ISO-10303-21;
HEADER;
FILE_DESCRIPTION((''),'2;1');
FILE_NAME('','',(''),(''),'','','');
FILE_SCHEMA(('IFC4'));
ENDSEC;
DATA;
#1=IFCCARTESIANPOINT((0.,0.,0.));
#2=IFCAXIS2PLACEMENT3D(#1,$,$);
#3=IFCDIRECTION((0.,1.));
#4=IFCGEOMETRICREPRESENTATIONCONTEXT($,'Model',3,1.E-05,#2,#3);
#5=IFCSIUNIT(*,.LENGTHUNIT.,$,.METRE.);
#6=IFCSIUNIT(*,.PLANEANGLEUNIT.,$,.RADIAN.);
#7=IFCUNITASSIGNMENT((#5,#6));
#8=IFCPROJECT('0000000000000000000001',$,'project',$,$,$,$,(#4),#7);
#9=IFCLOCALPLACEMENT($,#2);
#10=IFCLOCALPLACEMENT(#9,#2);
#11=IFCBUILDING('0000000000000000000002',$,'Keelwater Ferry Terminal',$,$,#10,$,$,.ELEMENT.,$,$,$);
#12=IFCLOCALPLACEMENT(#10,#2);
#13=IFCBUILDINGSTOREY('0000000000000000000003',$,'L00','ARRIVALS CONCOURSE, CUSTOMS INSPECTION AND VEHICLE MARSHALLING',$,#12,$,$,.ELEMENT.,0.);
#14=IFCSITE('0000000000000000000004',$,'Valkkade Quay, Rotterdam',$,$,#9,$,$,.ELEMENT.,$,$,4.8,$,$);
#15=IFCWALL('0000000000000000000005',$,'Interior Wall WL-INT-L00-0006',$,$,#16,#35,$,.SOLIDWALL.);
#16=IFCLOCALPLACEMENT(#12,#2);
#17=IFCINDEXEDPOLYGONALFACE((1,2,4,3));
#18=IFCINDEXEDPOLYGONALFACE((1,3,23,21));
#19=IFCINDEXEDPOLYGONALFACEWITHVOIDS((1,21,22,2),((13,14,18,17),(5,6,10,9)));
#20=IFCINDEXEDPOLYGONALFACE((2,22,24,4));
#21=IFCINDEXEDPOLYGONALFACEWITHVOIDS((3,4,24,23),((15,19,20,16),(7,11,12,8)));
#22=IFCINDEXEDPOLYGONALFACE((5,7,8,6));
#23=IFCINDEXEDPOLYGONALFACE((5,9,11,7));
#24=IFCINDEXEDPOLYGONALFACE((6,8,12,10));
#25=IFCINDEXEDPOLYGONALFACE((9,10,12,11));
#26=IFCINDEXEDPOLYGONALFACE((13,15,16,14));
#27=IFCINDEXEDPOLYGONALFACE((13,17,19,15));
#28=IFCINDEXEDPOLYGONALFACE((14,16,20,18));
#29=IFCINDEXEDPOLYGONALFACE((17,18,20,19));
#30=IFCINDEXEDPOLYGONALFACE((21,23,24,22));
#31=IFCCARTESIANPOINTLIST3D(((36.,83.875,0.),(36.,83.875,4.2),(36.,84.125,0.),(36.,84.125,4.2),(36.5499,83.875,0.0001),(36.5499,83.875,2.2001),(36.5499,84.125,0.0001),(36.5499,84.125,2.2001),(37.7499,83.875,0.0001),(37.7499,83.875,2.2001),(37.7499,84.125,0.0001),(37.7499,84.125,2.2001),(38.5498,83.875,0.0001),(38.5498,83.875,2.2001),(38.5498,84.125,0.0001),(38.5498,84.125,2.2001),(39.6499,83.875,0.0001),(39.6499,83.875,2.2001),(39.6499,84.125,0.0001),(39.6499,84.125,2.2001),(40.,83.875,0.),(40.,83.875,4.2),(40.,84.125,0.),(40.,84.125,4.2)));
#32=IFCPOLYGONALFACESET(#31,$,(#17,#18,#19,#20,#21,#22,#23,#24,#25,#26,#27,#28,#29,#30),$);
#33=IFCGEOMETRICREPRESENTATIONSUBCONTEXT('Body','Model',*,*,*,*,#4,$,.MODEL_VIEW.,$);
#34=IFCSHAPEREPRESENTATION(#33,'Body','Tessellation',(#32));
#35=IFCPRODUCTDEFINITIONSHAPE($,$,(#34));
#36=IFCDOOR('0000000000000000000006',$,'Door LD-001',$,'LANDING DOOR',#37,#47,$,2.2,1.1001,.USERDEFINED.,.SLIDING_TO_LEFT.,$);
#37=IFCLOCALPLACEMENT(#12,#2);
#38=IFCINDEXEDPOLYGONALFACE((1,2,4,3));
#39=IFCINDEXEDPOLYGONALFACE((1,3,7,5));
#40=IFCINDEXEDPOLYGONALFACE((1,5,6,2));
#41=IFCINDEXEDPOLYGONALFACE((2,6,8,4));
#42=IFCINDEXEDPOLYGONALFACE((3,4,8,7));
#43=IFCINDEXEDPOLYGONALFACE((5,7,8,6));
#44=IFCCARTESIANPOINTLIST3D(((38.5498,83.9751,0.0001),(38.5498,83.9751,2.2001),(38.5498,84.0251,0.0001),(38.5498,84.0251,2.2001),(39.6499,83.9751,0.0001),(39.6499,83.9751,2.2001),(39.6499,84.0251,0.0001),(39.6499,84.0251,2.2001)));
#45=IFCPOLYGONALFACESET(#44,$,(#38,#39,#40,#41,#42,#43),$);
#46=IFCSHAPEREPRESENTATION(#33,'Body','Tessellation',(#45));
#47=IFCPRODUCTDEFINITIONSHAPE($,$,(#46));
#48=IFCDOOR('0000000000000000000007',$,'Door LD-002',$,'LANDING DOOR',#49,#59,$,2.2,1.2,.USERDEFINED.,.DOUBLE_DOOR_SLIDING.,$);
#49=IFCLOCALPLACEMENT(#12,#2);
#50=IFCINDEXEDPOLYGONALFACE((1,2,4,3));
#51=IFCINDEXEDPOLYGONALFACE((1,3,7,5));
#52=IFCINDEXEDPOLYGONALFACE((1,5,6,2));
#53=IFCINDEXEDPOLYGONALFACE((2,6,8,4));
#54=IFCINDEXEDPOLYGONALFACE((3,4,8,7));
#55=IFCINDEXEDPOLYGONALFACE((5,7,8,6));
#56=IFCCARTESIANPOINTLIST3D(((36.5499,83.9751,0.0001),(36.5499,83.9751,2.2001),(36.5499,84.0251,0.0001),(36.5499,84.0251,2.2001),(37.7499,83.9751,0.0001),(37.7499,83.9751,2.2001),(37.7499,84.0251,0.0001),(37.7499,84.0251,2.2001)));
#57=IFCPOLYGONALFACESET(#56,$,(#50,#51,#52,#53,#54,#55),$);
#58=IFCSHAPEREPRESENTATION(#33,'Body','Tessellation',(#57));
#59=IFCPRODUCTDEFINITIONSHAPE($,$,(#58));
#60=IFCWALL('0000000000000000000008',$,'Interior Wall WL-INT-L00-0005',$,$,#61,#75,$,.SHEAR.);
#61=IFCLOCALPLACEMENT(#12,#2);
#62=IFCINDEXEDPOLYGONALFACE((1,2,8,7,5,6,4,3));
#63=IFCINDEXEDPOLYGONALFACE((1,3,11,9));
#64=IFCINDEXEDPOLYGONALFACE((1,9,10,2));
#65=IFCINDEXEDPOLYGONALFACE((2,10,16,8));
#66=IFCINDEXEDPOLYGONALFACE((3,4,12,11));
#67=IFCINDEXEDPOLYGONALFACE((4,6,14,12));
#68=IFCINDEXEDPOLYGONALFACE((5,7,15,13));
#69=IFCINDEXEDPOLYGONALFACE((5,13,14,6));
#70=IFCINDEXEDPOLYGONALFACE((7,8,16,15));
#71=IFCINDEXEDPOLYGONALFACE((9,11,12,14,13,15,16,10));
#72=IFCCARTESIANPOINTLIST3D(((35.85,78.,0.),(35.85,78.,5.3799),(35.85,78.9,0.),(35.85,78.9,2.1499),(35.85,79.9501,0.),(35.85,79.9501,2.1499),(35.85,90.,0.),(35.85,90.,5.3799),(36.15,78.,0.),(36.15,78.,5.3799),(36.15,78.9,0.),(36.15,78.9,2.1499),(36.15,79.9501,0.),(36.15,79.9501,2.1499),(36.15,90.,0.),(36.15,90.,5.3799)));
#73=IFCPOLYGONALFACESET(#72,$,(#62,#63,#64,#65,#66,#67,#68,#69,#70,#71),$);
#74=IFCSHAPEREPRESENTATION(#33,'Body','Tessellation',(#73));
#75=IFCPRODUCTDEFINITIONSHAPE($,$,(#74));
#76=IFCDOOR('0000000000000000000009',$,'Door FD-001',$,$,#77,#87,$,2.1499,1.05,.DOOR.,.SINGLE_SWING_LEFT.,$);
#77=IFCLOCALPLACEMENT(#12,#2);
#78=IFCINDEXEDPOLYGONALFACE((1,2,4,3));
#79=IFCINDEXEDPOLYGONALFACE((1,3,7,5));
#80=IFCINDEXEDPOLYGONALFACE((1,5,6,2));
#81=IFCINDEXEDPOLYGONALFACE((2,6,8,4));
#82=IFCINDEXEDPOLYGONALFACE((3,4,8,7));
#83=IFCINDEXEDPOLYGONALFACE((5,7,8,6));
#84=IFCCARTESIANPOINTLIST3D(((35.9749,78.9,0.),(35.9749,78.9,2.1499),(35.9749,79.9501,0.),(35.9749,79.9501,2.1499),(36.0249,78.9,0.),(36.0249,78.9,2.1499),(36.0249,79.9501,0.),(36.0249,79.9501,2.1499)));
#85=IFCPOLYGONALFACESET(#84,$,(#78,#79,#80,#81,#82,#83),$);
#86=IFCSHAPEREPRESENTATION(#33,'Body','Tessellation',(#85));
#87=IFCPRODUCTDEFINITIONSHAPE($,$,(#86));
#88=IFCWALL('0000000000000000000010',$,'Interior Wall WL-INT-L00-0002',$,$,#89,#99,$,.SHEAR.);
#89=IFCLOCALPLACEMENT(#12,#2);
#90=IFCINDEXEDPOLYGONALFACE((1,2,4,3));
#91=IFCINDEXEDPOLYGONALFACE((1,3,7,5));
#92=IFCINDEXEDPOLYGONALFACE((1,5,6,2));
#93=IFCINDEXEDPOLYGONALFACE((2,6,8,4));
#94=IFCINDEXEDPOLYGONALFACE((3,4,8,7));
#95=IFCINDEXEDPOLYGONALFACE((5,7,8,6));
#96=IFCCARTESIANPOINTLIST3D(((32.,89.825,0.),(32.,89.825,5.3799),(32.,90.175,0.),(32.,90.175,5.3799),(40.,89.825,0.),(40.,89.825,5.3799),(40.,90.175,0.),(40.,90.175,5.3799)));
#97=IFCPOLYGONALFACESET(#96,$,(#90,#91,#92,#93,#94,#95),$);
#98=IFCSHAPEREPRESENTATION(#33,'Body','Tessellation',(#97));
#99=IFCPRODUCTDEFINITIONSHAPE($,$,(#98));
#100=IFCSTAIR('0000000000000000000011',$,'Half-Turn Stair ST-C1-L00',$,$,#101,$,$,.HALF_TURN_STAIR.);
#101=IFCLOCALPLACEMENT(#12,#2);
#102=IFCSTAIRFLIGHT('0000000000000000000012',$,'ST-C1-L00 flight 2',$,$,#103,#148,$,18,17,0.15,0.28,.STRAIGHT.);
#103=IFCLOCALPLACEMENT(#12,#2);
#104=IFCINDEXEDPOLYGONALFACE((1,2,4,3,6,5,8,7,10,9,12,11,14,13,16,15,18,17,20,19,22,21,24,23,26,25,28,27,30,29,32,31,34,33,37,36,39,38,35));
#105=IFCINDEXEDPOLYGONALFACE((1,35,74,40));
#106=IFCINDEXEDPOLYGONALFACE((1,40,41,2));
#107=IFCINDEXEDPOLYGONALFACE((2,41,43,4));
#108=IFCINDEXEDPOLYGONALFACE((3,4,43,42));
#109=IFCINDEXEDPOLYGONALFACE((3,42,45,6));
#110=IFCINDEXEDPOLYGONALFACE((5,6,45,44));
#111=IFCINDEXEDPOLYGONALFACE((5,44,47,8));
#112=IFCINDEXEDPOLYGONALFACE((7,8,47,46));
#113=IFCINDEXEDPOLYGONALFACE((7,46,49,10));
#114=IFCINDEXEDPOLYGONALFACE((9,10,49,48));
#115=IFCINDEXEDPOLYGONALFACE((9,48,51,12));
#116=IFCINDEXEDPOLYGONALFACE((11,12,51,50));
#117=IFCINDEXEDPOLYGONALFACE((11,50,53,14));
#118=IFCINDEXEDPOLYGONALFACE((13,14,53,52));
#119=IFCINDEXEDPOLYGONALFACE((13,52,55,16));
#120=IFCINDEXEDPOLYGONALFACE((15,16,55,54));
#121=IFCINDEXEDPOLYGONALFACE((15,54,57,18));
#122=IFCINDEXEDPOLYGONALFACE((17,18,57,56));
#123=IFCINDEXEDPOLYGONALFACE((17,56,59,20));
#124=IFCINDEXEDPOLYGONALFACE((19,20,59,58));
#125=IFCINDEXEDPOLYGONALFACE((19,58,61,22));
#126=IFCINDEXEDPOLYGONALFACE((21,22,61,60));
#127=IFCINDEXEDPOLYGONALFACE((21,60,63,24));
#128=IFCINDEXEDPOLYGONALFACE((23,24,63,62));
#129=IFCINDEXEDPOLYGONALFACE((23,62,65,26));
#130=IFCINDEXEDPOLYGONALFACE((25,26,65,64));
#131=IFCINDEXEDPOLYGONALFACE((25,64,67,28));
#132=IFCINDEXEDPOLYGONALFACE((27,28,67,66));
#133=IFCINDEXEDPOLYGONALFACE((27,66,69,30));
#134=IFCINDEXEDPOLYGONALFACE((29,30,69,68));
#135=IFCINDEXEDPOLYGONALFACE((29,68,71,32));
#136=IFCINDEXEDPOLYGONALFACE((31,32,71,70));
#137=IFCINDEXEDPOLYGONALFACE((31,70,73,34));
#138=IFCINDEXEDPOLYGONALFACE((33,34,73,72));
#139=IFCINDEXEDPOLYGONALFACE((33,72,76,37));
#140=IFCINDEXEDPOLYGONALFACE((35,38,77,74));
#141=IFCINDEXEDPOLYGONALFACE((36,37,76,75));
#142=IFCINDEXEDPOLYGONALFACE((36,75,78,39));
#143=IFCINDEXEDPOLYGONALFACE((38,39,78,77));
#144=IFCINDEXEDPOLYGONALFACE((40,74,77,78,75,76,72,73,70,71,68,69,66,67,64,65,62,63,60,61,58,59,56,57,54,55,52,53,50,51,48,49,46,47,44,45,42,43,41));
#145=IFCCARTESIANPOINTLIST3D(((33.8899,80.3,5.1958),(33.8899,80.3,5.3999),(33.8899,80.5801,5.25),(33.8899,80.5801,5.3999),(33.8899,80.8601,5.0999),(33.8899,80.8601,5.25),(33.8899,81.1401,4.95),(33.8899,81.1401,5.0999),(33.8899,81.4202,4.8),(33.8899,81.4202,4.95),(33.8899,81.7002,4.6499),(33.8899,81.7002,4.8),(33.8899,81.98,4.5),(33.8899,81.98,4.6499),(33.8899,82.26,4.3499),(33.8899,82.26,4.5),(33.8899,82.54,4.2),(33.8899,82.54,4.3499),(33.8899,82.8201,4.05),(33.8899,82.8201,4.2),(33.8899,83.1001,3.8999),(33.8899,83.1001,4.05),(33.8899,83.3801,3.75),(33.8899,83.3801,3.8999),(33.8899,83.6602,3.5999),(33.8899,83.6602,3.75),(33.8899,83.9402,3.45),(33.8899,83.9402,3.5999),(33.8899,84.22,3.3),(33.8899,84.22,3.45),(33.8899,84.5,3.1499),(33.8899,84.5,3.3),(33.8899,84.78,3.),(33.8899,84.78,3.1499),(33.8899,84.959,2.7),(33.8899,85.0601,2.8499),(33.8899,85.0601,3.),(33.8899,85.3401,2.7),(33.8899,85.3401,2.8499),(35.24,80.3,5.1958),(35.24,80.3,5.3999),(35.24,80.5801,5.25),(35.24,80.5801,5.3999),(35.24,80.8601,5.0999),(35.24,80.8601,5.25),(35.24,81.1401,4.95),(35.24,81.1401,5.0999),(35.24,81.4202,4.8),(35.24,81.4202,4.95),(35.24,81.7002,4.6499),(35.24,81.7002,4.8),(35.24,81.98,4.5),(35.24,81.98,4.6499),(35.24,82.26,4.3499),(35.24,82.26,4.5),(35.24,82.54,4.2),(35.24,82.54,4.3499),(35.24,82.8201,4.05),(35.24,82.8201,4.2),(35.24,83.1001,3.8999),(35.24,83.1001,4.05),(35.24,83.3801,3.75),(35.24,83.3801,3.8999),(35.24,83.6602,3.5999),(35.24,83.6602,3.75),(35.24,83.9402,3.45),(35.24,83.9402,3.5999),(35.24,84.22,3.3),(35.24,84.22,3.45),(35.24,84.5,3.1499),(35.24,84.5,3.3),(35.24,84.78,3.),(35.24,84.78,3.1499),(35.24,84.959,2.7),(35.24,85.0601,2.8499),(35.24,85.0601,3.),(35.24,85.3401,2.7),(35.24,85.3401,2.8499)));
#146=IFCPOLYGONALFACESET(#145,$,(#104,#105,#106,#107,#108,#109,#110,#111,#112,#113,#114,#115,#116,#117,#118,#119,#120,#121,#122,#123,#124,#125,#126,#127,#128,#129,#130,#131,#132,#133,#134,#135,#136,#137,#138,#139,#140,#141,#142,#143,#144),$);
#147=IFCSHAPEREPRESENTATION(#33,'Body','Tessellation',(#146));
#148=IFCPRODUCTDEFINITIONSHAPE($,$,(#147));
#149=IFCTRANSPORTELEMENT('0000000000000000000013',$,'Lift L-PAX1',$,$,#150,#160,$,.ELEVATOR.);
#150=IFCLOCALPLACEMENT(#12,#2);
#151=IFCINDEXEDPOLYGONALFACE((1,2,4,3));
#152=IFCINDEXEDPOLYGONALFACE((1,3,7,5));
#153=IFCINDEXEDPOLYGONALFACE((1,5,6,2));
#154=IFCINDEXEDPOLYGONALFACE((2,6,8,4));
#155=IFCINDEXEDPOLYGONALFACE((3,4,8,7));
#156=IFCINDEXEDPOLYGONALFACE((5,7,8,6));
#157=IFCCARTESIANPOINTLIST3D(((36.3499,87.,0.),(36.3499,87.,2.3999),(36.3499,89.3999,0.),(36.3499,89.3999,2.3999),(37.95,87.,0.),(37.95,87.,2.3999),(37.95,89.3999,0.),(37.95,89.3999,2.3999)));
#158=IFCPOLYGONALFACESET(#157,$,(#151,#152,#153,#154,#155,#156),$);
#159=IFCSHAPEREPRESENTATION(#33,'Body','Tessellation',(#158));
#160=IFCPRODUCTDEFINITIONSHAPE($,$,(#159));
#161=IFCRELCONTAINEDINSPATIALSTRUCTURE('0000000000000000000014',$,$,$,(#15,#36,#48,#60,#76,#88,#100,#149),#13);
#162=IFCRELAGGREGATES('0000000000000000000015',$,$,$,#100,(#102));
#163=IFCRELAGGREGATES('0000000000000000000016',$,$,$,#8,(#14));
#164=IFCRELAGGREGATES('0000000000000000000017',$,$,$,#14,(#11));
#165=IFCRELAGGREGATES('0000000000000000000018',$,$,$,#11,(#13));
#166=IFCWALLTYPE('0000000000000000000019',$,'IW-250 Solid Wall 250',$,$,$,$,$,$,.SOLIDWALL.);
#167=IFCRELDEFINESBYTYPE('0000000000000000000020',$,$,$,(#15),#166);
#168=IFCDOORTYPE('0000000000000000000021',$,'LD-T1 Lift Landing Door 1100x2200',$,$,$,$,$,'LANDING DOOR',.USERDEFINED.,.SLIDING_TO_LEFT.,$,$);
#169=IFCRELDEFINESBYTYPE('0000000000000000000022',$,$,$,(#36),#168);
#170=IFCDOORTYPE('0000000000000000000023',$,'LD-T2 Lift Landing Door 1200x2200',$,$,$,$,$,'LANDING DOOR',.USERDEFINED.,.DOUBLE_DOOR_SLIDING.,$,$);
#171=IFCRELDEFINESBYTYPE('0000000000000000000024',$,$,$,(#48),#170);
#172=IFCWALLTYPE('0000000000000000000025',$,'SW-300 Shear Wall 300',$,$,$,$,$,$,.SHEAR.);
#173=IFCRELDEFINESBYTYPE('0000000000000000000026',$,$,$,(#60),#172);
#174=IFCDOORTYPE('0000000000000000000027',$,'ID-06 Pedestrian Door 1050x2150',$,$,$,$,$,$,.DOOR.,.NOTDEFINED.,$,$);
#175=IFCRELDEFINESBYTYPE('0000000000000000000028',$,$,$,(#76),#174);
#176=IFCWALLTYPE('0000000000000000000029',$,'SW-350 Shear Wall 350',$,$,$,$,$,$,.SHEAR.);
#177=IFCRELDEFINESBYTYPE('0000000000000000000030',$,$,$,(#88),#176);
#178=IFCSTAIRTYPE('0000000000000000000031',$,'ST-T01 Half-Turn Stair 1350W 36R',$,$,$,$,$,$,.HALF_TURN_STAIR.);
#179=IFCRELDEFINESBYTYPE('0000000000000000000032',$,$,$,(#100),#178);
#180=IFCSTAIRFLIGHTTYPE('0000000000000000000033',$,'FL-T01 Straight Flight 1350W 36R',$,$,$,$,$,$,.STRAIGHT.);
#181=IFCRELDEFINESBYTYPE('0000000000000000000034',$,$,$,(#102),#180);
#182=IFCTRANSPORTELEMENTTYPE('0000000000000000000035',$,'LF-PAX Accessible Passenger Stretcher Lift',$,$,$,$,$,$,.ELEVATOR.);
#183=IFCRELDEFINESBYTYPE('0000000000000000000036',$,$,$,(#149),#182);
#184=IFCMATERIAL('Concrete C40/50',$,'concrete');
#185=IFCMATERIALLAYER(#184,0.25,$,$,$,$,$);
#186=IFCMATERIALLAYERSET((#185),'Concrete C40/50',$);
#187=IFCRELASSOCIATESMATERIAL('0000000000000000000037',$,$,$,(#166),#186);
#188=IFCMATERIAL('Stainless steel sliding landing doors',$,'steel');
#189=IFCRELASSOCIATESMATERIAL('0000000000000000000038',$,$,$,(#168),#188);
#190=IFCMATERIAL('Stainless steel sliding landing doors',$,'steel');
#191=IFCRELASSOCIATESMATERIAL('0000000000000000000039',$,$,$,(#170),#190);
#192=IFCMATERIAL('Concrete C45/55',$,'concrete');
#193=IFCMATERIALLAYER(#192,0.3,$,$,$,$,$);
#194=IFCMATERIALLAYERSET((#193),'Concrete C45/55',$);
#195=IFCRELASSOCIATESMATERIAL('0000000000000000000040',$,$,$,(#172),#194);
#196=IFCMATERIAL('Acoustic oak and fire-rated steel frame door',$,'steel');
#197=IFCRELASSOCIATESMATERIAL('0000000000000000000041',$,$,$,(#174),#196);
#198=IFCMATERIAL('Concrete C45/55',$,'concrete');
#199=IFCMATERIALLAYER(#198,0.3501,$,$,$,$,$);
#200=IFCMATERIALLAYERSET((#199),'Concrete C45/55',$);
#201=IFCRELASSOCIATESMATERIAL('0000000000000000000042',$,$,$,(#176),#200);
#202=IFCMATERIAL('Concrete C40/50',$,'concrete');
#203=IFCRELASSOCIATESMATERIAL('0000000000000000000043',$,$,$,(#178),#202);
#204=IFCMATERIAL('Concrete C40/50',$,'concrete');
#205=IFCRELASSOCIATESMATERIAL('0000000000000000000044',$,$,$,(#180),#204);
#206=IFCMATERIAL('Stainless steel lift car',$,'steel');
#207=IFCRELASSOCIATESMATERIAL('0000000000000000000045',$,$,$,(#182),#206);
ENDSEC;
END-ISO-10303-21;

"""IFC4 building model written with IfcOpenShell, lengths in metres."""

from ifc_helpers import new_model, si_unit, direction, frame, frame_2d, origin, origin_2d, place, context, subcontext, project, spatial, polyline, rectangle, outline, extrude, material, layer, layer_set, type_object, element, fill, aggregate, save


model = new_model("IFC4")

# Units and contexts
model_context = context("Model", 3, precision=1e-05, world=origin(), true_north=direction((0.0, 1.0)))
body_context = subcontext(model_context, "Body", "Model", "MODEL_VIEW")
ifc_project = project(units=[si_unit("LENGTHUNIT", "METRE"), si_unit("PLANEANGLEUNIT", "RADIAN")], contexts=[model_context])

# Site, building, storey
site_placement = place(None, origin())
site = spatial("IfcSite", under=ifc_project, at=site_placement, Name="Valkkade Quay, Rotterdam", CompositionType="ELEMENT", RefElevation=4.8)
building_placement = place(site_placement, origin())
building = spatial("IfcBuilding", under=site, at=building_placement, Name="Keelwater Ferry Terminal", CompositionType="ELEMENT")
storey_placement = place(building_placement, origin())
storey = spatial("IfcBuildingStorey", under=building, at=storey_placement, Name="L00", Description="ARRIVALS CONCOURSE, CUSTOMS INSPECTION AND VEHICLE MARSHALLING", CompositionType="ELEMENT", Elevation=0.0)

# Wall, openings, doors
ifc_material_1 = material(Name="Concrete C40/50", Category="concrete")
ifc_layer_1 = layer(ifc_material_1, 0.25)
ifc_layer_set_1 = layer_set([ifc_layer_1], Name="Concrete C40/50")
wall_type_1 = type_object("IfcWallType", Name="IW-250 Solid Wall 250", PredefinedType="SOLIDWALL", material=ifc_layer_set_1)
wall_1_placement = place(storey_placement, frame((40.0, 84.0, 0.0), z_axis=(0.0, 0.0, 1.0), x_axis=(-1.0, 0.0, 0.0)))
wall_1 = element("IfcWall", 1, at=wall_1_placement, inside=storey, type_object=wall_type_1, Name="Interior Wall WL-INT-L00-0006", PredefinedType="SOLIDWALL", context=body_context, shape_type="SweptSolid", body=[
    extrude(rectangle(XDim=4.0, YDim=0.25, at=frame_2d((2.0, 0.0))), origin(), (0.0, 0.0, 1.0), 4.2),
])
opening_1_placement = place(wall_1_placement, frame((0.3501, 0.0, 0.0)))
opening_1 = element("IfcOpeningElement", 2, at=opening_1_placement, cuts=wall_1, PredefinedType="OPENING", context=body_context, shape_type="SweptSolid", body=[
    extrude(rectangle(XDim=1.1001, YDim=2.2, at=frame_2d((0.55, 1.1001))), frame((0.0, 0.135, 0.0), z_axis=(0.0, -1.0, 0.0), x_axis=(1.0, 0.0, 0.0)), (0.0, 0.0, 1.0), 0.27),
])
opening_2_placement = place(wall_1_placement, frame((2.25, 0.0, 0.0)))
opening_2 = element("IfcOpeningElement", 3, at=opening_2_placement, cuts=wall_1, PredefinedType="OPENING", context=body_context, shape_type="SweptSolid", body=[
    extrude(rectangle(XDim=1.2, YDim=2.2, at=frame_2d((0.6001, 1.1001))), frame((0.0, 0.135, 0.0), z_axis=(0.0, -1.0, 0.0), x_axis=(1.0, 0.0, 0.0)), (0.0, 0.0, 1.0), 0.27),
])
ifc_material_2 = material(Name="Stainless steel sliding landing doors", Category="steel")
door_type_1 = type_object("IfcDoorType", Name="LD-T1 Lift Landing Door 1100x2200", ElementType="LANDING DOOR", OperationType="SLIDING_TO_LEFT", PredefinedType="USERDEFINED", material=ifc_material_2)
door_1_placement = place(opening_1_placement, origin())
door_1 = element("IfcDoor", 4, at=door_1_placement, inside=storey, type_object=door_type_1, Name="Door LD-001", ObjectType="LANDING DOOR", OperationType="SLIDING_TO_LEFT", OverallHeight=2.2, OverallWidth=1.1001, PredefinedType="USERDEFINED", context=body_context, shape_type="SweptSolid", body=[
    extrude(rectangle(XDim=1.1001, YDim=2.2, at=frame_2d((0.55, 1.1001))), frame((0.0, 0.0249, 0.0), z_axis=(0.0, -1.0, 0.0), x_axis=(1.0, 0.0, 0.0)), (0.0, 0.0, 1.0), 0.05),
])
fill(opening_1, door_1)
ifc_material_3 = material(Name="Stainless steel sliding landing doors", Category="steel")
door_type_2 = type_object("IfcDoorType", Name="LD-T2 Lift Landing Door 1200x2200", ElementType="LANDING DOOR", OperationType="DOUBLE_DOOR_SLIDING", PredefinedType="USERDEFINED", material=ifc_material_3)
door_2_placement = place(opening_2_placement, origin())
door_2 = element("IfcDoor", 5, at=door_2_placement, inside=storey, type_object=door_type_2, Name="Door LD-002", ObjectType="LANDING DOOR", OperationType="DOUBLE_DOOR_SLIDING", OverallHeight=2.2, OverallWidth=1.2, PredefinedType="USERDEFINED", context=body_context, shape_type="SweptSolid", body=[
    extrude(rectangle(XDim=1.2, YDim=2.2, at=frame_2d((0.6001, 1.1001))), frame((0.0, 0.0249, 0.0), z_axis=(0.0, -1.0, 0.0), x_axis=(1.0, 0.0, 0.0)), (0.0, 0.0, 1.0), 0.05),
])
fill(opening_2, door_2)

# Wall, opening, door
ifc_material_4 = material(Name="Concrete C45/55", Category="concrete")
ifc_layer_2 = layer(ifc_material_4, 0.3)
ifc_layer_set_2 = layer_set([ifc_layer_2], Name="Concrete C45/55")
wall_type_2 = type_object("IfcWallType", Name="SW-300 Shear Wall 300", PredefinedType="SHEAR", material=ifc_layer_set_2)
wall_2_placement = place(storey_placement, frame((36.0, 90.0, 0.0), z_axis=(0.0, 0.0, 1.0), x_axis=(0.0, -1.0, 0.0)))
wall_2 = element("IfcWall", 6, at=wall_2_placement, inside=storey, type_object=wall_type_2, Name="Interior Wall WL-INT-L00-0005", PredefinedType="SHEAR", context=body_context, shape_type="SweptSolid", body=[
    extrude(rectangle(XDim=12.0, YDim=0.3, at=frame_2d((6.0, 0.0))), origin(), (0.0, 0.0, 1.0), 5.3799),
])
opening_3_placement = place(wall_2_placement, frame((10.05, 0.0, 0.0)))
opening_3 = element("IfcOpeningElement", 7, at=opening_3_placement, cuts=wall_2, PredefinedType="OPENING", context=body_context, shape_type="SweptSolid", body=[
    extrude(rectangle(XDim=1.05, YDim=2.1499, at=frame_2d((0.5249, 1.075))), frame((0.0, 0.1599, 0.0), z_axis=(0.0, -1.0, 0.0), x_axis=(1.0, 0.0, 0.0)), (0.0, 0.0, 1.0), 0.3201),
])
ifc_material_5 = material(Name="Acoustic oak and fire-rated steel frame door", Category="steel")
door_type_3 = type_object("IfcDoorType", Name="ID-06 Pedestrian Door 1050x2150", OperationType="NOTDEFINED", PredefinedType="DOOR", material=ifc_material_5)
door_3_placement = place(opening_3_placement, origin())
door_3 = element("IfcDoor", 8, at=door_3_placement, inside=storey, type_object=door_type_3, Name="Door FD-001", OperationType="SINGLE_SWING_LEFT", OverallHeight=2.1499, OverallWidth=1.05, PredefinedType="DOOR", context=body_context, shape_type="SweptSolid", body=[
    extrude(rectangle(XDim=1.05, YDim=2.1499, at=frame_2d((0.5249, 1.075))), frame((0.0, 0.0249, 0.0), z_axis=(0.0, -1.0, 0.0), x_axis=(1.0, 0.0, 0.0)), (0.0, 0.0, 1.0), 0.05),
])
fill(opening_3, door_3)

# Wall
ifc_material_6 = material(Name="Concrete C45/55", Category="concrete")
ifc_layer_3 = layer(ifc_material_6, 0.3501)
ifc_layer_set_3 = layer_set([ifc_layer_3], Name="Concrete C45/55")
wall_type_3 = type_object("IfcWallType", Name="SW-350 Shear Wall 350", PredefinedType="SHEAR", material=ifc_layer_set_3)
wall_3_placement = place(storey_placement, frame((32.0, 90.0, 0.0), z_axis=(0.0, 0.0, 1.0), x_axis=(1.0, 0.0, 0.0)))
element("IfcWall", 9, at=wall_3_placement, inside=storey, type_object=wall_type_3, Name="Interior Wall WL-INT-L00-0002", PredefinedType="SHEAR", context=body_context, shape_type="SweptSolid", body=[
    extrude(rectangle(XDim=8.0, YDim=0.3501, at=frame_2d((4.0, 0.0))), origin(), (0.0, 0.0, 1.0), 5.3799),
])

# Stair, stair flight
ifc_material_7 = material(Name="Concrete C40/50", Category="concrete")
stair_type = type_object("IfcStairType", Name="ST-T01 Half-Turn Stair 1350W 36R", PredefinedType="HALF_TURN_STAIR", material=ifc_material_7)
stair_placement = place(storey_placement, origin())
stair = element("IfcStair", 10, at=stair_placement, inside=storey, type_object=stair_type, Name="Half-Turn Stair ST-C1-L00", PredefinedType="HALF_TURN_STAIR")
ifc_material_8 = material(Name="Concrete C40/50", Category="concrete")
stair_flight_type = type_object("IfcStairFlightType", Name="FL-T01 Straight Flight 1350W 36R", PredefinedType="STRAIGHT", material=ifc_material_8)
stair_flight_placement = place(storey_placement, frame((34.5649, 85.3401, 2.7), z_axis=(0.0, 0.0, 1.0), x_axis=(0.0, -1.0, 0.0)))
stair_flight = element("IfcStairFlight", 11, at=stair_flight_placement, type_object=stair_flight_type, Name="ST-C1-L00 flight 2", NumberOfRisers=18, NumberOfTreads=17, PredefinedType="STRAIGHT", RiserHeight=0.15, TreadLength=0.28, context=body_context, shape_type="SweptSolid", body=[
    extrude(outline(polyline([(0.0, 0.0), (0.0, 0.1499), (0.28, 0.1499), (0.28, 0.3), (0.5601, 0.3), (0.5601, 0.45), (0.8401, 0.45), (0.8401, 0.6001), (1.1201, 0.6001), (1.1201, 0.75), (1.3999, 0.75), (1.3999, 0.8999), (1.6799, 0.8999), (1.6799, 1.05), (1.96, 1.05), (1.96, 1.2), (2.24, 1.2), (2.24, 1.3501), (2.52, 1.3501), (2.52, 1.5), (2.8, 1.5), (2.8, 1.6499), (3.0801, 1.6499), (3.0801, 1.8), (3.3601, 1.8), (3.3601, 1.95), (3.6399, 1.95), (3.6399, 2.1001), (3.9199, 2.1001), (3.9199, 2.25), (4.2, 2.25), (4.2, 2.3999), (4.48, 2.3999), (4.48, 2.55), (4.76, 2.55), (4.76, 2.7), (5.04, 2.7), (5.04, 2.4958), (0.3811, 0.0), (0.0, 0.0)])), frame((0.0, 0.675, 0.0), z_axis=(0.0, -1.0, 0.0), x_axis=(1.0, 0.0, 0.0)), (0.0, 0.0, 1.0), 1.3501),
])
aggregate(stair, [stair_flight])

# Transport element
ifc_material_9 = material(Name="Stainless steel lift car", Category="steel")
transport_element_type = type_object("IfcTransportElementType", Name="LF-PAX Accessible Passenger Stretcher Lift", PredefinedType="ELEVATOR", material=ifc_material_9)
for number, where, z_axis, x_axis, name in (
    (12, (37.1499, 88.2, 0.0), (0.0, 0.0, 1.0), (1.0, 0.0, 0.0), "Lift L-PAX1"),
):
    element("IfcTransportElement", number, at=place(storey_placement, frame(where, z_axis=z_axis, x_axis=x_axis)), inside=storey, type_object=transport_element_type, Name=name, PredefinedType="ELEVATOR", context=body_context, shape_type="SweptSolid", body=[
        extrude(rectangle(XDim=1.6001, YDim=2.3999, at=origin_2d()), origin(), (0.0, 0.0, 1.0), 2.3999),
    ])

save(model, "model.ifc")
